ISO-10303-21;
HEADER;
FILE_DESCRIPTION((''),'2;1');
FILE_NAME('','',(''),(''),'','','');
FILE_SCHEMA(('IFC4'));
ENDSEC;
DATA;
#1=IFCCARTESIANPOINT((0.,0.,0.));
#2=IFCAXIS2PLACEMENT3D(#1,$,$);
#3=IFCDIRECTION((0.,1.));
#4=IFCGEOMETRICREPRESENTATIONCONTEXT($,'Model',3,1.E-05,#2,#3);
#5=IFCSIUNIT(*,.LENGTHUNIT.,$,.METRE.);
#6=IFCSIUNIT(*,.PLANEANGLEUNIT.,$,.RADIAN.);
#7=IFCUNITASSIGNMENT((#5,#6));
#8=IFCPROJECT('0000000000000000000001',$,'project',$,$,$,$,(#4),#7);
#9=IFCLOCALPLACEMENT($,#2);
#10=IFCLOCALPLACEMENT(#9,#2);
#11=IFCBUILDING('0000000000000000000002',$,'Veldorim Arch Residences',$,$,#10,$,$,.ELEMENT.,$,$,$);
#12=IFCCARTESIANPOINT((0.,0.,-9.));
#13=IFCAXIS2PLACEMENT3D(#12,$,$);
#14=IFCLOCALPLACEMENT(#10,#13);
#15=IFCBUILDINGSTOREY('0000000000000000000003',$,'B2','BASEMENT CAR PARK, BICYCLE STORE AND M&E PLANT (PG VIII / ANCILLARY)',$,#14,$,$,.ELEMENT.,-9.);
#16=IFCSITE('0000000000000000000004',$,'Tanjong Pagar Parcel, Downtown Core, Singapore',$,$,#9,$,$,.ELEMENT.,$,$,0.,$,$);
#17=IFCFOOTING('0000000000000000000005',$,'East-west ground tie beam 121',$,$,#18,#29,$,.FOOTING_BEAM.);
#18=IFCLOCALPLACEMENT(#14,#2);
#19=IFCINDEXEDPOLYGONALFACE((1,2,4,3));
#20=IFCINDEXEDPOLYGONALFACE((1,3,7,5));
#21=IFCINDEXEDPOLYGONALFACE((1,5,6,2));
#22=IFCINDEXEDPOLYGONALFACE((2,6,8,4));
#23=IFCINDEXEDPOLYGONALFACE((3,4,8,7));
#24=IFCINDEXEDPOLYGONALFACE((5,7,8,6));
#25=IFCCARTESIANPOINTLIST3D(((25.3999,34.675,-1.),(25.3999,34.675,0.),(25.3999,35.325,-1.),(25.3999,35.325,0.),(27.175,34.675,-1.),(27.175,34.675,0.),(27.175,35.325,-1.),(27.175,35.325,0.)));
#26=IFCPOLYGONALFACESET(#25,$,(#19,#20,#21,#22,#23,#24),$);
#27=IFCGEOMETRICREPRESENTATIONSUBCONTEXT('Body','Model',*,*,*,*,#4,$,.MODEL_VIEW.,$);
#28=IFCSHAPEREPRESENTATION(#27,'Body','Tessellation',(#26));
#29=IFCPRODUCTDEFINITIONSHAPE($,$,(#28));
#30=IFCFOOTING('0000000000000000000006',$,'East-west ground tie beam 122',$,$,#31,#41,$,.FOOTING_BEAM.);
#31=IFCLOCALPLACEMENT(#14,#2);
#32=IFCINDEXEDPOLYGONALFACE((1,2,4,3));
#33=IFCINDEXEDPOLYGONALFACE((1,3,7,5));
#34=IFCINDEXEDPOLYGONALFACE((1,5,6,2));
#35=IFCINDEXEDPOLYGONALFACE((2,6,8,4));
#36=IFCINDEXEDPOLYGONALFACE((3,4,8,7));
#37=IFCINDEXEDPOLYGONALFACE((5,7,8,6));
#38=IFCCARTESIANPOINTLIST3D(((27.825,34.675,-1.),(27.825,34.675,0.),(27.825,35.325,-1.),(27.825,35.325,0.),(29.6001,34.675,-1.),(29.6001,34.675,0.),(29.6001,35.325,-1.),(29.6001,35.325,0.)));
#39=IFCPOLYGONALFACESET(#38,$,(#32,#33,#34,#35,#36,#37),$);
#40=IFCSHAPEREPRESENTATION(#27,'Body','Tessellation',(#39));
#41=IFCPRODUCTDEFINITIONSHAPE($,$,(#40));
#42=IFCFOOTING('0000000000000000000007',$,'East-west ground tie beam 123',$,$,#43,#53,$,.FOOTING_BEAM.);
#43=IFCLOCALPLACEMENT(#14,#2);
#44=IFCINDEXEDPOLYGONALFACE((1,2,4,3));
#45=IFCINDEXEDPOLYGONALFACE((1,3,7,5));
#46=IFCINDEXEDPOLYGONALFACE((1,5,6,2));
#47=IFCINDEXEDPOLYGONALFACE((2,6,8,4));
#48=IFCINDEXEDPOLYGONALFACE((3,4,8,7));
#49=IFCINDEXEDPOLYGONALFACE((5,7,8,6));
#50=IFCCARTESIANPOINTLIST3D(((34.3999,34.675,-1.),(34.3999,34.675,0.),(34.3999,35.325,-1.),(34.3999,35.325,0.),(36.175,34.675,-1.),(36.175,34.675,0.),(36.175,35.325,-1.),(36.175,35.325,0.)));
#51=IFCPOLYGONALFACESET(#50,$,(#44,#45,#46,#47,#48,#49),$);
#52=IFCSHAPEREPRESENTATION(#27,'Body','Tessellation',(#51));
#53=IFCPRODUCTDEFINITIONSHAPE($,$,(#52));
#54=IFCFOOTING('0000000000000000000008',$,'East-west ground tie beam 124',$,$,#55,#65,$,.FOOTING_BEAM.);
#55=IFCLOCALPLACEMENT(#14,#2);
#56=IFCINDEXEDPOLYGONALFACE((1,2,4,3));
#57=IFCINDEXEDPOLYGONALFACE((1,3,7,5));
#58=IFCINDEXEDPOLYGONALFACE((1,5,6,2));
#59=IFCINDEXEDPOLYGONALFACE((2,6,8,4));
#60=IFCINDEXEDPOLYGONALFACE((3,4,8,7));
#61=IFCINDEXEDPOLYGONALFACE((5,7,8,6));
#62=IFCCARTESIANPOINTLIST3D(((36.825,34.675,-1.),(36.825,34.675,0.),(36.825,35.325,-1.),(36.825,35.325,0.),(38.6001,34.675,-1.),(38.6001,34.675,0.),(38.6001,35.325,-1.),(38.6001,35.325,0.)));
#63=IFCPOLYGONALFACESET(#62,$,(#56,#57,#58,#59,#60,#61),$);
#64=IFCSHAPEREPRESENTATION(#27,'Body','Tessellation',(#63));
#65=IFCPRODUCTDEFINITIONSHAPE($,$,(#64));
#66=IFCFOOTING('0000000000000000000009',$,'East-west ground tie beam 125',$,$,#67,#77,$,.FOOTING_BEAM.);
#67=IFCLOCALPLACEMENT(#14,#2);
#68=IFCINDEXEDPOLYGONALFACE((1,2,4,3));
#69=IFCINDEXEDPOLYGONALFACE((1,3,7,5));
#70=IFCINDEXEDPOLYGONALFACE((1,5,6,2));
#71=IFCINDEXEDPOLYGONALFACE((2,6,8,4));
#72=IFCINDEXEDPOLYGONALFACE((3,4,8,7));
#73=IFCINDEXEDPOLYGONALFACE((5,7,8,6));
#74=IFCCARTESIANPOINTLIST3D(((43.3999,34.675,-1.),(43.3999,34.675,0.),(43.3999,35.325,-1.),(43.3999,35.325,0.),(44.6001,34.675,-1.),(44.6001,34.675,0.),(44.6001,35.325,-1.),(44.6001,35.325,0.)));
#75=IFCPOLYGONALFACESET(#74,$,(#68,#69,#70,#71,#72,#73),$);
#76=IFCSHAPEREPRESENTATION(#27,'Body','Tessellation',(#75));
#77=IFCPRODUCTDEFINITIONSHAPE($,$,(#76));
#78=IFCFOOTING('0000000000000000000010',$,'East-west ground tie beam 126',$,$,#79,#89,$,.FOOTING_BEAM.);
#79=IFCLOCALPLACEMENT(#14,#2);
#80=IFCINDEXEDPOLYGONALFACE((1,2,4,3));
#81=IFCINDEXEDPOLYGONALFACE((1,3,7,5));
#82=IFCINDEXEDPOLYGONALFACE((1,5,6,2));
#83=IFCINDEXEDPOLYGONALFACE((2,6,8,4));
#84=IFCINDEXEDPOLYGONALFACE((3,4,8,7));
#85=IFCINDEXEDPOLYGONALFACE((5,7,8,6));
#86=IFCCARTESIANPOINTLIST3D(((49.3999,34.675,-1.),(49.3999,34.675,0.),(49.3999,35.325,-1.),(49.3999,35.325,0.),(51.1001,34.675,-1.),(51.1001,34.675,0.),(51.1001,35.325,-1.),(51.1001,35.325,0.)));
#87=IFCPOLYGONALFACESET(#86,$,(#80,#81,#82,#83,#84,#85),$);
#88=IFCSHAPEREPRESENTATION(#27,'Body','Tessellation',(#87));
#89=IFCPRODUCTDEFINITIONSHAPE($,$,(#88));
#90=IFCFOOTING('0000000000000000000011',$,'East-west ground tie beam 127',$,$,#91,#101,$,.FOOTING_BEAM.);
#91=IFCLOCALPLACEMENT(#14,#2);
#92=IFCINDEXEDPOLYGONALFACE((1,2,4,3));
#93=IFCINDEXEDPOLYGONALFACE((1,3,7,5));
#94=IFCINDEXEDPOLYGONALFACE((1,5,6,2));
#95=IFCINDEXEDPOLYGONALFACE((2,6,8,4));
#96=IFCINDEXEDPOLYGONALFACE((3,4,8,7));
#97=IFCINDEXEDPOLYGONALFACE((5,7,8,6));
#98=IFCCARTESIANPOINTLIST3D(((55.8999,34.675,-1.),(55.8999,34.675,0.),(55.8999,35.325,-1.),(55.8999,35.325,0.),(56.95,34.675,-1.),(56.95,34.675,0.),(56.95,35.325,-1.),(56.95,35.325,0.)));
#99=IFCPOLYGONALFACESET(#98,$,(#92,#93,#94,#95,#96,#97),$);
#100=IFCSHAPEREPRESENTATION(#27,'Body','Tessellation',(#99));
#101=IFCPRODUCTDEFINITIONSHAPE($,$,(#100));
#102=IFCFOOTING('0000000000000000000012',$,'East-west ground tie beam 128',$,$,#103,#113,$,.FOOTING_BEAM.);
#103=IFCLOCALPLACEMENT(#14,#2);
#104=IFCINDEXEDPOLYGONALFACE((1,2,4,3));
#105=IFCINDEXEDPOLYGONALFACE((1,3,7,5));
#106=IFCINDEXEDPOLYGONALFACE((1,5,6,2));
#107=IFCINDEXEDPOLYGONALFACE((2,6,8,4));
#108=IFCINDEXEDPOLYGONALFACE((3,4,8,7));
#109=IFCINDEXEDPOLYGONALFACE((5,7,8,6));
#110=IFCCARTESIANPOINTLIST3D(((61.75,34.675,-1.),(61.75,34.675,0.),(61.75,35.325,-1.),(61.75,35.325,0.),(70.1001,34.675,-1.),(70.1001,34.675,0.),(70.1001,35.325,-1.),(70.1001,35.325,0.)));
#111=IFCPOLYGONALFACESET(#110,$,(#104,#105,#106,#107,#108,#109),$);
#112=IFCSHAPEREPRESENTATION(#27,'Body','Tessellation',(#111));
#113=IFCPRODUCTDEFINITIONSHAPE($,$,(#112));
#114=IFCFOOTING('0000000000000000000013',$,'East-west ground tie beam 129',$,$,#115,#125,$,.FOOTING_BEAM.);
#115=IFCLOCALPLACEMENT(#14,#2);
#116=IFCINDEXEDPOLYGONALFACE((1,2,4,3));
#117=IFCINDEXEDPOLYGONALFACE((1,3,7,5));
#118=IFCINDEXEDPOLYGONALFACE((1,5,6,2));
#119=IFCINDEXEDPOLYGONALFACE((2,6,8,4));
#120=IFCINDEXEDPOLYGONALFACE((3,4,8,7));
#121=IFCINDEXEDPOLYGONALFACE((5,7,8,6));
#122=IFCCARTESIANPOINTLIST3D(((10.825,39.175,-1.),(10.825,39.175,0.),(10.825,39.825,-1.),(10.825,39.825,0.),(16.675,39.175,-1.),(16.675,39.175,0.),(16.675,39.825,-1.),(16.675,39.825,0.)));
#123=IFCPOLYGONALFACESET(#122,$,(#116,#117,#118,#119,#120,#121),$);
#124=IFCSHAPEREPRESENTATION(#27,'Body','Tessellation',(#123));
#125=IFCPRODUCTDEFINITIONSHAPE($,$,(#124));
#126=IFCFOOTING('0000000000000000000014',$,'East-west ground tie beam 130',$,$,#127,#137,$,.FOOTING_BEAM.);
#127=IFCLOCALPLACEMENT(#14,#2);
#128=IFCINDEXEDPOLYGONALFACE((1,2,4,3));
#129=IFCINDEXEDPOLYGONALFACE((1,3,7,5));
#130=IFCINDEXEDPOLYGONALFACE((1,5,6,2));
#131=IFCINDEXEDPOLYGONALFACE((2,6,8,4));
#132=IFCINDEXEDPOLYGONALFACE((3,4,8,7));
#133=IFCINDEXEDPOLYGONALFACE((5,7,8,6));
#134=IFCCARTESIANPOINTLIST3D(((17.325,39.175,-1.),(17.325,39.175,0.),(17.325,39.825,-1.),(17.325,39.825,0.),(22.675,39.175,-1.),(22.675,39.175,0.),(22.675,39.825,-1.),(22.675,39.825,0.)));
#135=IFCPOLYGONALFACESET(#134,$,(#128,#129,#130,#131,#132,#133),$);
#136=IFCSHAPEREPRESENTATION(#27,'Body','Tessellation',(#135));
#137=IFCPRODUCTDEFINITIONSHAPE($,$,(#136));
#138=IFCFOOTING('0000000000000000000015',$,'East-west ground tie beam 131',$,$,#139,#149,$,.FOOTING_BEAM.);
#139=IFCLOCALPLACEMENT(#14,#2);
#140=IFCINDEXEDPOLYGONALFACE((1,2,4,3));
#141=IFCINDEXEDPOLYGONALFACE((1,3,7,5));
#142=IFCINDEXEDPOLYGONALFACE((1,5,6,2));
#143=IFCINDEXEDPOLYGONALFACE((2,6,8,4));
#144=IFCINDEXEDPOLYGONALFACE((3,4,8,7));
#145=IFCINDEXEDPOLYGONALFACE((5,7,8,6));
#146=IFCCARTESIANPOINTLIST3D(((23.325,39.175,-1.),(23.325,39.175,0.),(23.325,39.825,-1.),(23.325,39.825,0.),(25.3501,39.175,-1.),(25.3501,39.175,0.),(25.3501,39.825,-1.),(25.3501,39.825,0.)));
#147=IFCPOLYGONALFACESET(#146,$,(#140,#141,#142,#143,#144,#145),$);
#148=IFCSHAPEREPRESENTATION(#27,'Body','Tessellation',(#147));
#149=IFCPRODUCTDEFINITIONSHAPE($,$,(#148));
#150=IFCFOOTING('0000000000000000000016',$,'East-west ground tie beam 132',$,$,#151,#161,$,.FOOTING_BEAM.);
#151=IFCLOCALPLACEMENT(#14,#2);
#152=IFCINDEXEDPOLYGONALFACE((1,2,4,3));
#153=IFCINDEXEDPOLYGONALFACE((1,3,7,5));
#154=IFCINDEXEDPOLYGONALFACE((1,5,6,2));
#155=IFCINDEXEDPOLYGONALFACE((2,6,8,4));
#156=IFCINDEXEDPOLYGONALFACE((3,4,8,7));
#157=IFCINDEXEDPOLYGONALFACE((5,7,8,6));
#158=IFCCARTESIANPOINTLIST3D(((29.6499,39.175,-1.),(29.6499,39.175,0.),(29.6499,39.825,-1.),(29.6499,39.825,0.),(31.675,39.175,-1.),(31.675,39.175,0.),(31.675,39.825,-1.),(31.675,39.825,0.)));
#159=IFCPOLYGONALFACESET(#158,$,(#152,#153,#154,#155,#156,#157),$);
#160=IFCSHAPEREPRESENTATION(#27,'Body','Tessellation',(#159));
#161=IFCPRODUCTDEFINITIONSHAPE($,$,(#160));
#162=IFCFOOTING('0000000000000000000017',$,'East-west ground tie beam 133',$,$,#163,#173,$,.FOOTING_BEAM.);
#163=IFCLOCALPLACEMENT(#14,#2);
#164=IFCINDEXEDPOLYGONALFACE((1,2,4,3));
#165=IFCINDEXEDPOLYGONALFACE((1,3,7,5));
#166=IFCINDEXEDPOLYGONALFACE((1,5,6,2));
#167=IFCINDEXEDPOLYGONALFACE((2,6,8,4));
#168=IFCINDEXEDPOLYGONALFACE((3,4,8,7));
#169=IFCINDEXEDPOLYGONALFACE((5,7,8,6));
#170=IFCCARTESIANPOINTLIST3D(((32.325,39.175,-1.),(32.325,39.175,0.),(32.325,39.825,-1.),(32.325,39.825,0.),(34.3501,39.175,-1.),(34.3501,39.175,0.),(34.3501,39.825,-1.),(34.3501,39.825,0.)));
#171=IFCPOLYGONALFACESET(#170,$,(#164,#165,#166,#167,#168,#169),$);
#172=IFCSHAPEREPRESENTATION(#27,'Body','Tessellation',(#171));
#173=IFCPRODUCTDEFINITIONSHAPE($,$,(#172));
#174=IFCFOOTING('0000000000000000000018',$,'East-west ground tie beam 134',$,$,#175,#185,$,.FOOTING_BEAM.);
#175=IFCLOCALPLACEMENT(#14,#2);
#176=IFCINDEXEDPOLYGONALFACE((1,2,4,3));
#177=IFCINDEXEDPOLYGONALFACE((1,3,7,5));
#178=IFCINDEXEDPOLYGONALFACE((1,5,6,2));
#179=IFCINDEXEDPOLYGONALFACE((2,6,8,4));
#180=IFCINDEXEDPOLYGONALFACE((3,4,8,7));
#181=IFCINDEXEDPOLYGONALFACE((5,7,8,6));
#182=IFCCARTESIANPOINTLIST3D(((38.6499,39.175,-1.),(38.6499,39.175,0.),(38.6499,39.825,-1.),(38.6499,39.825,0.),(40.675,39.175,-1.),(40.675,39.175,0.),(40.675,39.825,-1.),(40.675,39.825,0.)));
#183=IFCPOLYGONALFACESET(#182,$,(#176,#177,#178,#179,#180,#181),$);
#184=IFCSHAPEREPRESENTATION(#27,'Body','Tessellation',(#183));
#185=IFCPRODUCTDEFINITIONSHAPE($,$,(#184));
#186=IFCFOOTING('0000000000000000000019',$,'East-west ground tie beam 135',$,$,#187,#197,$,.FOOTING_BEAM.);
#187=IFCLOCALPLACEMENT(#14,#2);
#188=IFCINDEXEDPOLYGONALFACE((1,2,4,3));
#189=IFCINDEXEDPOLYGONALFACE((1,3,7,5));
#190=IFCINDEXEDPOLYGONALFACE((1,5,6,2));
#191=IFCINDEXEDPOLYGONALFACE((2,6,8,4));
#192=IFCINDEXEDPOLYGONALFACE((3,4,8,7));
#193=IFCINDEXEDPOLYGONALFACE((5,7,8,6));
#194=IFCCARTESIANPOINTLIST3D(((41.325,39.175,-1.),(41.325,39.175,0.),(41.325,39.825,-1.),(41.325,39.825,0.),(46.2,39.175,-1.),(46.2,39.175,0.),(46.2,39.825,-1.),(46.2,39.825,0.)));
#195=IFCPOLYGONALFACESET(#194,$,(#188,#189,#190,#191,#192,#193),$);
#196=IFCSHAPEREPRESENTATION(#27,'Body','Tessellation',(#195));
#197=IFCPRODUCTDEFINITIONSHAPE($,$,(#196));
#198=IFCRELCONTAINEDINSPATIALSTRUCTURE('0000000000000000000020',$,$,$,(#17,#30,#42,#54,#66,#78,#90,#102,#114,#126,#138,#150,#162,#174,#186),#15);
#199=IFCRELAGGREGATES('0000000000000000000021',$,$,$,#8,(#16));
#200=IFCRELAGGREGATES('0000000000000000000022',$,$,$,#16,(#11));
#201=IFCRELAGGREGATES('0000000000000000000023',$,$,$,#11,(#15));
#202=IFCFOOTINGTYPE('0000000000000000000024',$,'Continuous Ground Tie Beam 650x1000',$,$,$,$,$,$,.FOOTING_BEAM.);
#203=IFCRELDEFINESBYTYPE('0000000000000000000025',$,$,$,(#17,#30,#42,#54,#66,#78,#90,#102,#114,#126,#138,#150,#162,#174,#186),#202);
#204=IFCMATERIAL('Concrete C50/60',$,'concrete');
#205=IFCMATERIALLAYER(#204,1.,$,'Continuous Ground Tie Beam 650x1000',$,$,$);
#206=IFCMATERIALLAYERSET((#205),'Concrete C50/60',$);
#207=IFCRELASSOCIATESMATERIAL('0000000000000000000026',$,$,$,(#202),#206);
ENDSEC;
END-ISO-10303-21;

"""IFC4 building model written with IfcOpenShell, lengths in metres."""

from ifc_helpers import new_model, si_unit, direction, frame, origin, place, context, subcontext, project, spatial, polyline, outline, extrude, material, layer, layer_set, type_object, element, save


model = new_model("IFC4")

# Units and contexts
model_context = context("Model", 3, precision=1e-05, world=origin(), true_north=direction((0.0, 1.0)))
body_context = subcontext(model_context, "Body", "Model", "MODEL_VIEW")
ifc_project = project(units=[si_unit("LENGTHUNIT", "METRE"), si_unit("PLANEANGLEUNIT", "RADIAN")], contexts=[model_context])

# Site, building, storey
site_placement = place(None, origin())
site = spatial("IfcSite", under=ifc_project, at=site_placement, Name="Tanjong Pagar Parcel, Downtown Core, Singapore", CompositionType="ELEMENT", RefElevation=0.0)
building_placement = place(site_placement, origin())
building = spatial("IfcBuilding", under=site, at=building_placement, Name="Veldorim Arch Residences", CompositionType="ELEMENT")
storey_placement = place(building_placement, frame((0.0, 0.0, -9.0)))
storey = spatial("IfcBuildingStorey", under=building, at=storey_placement, Name="B2", Description="BASEMENT CAR PARK, BICYCLE STORE AND M&E PLANT (PG VIII / ANCILLARY)", CompositionType="ELEMENT", Elevation=-9.0)

# Footings
ifc_material_1 = material(Name="Concrete C50/60", Category="concrete")
ifc_layer_1 = layer(ifc_material_1, 1.0, Name="Continuous Ground Tie Beam 650x1000")
ifc_layer_set_1 = layer_set([ifc_layer_1], Name="Concrete C50/60")
footing_type = type_object("IfcFootingType", Name="Continuous Ground Tie Beam 650x1000", PredefinedType="FOOTING_BEAM", material=ifc_layer_set_1)
footing_1_placement = place(storey_placement, frame((0.0, 0.0, -1.0)))
element("IfcFooting", 1, at=footing_1_placement, inside=storey, type_object=footing_type, Name="East-west ground tie beam 121", PredefinedType="FOOTING_BEAM", context=body_context, shape_type="SweptSolid", body=[
    extrude(outline(polyline([(25.3999, 34.675), (27.175, 34.675), (27.175, 35.325), (25.3999, 35.325), (25.3999, 34.675)])), origin(), (0.0, 0.0, 1.0), 1.0),
])
footing_2_placement = place(storey_placement, frame((0.0, 0.0, -1.0)))
element("IfcFooting", 2, at=footing_2_placement, inside=storey, type_object=footing_type, Name="East-west ground tie beam 122", PredefinedType="FOOTING_BEAM", context=body_context, shape_type="SweptSolid", body=[
    extrude(outline(polyline([(27.825, 34.675), (29.6001, 34.675), (29.6001, 35.325), (27.825, 35.325), (27.825, 34.675)])), origin(), (0.0, 0.0, 1.0), 1.0),
])
footing_3_placement = place(storey_placement, frame((0.0, 0.0, -1.0)))
element("IfcFooting", 3, at=footing_3_placement, inside=storey, type_object=footing_type, Name="East-west ground tie beam 123", PredefinedType="FOOTING_BEAM", context=body_context, shape_type="SweptSolid", body=[
    extrude(outline(polyline([(34.3999, 34.675), (36.175, 34.675), (36.175, 35.325), (34.3999, 35.325), (34.3999, 34.675)])), origin(), (0.0, 0.0, 1.0), 1.0),
])
footing_4_placement = place(storey_placement, frame((0.0, 0.0, -1.0)))
element("IfcFooting", 4, at=footing_4_placement, inside=storey, type_object=footing_type, Name="East-west ground tie beam 124", PredefinedType="FOOTING_BEAM", context=body_context, shape_type="SweptSolid", body=[
    extrude(outline(polyline([(36.825, 34.675), (38.6001, 34.675), (38.6001, 35.325), (36.825, 35.325), (36.825, 34.675)])), origin(), (0.0, 0.0, 1.0), 1.0),
])
footing_5_placement = place(storey_placement, frame((0.0, 0.0, -1.0)))
element("IfcFooting", 5, at=footing_5_placement, inside=storey, type_object=footing_type, Name="East-west ground tie beam 125", PredefinedType="FOOTING_BEAM", context=body_context, shape_type="SweptSolid", body=[
    extrude(outline(polyline([(43.3999, 34.675), (44.6001, 34.675), (44.6001, 35.325), (43.3999, 35.325), (43.3999, 34.675)])), origin(), (0.0, 0.0, 1.0), 1.0),
])
footing_6_placement = place(storey_placement, frame((0.0, 0.0, -1.0)))
element("IfcFooting", 6, at=footing_6_placement, inside=storey, type_object=footing_type, Name="East-west ground tie beam 126", PredefinedType="FOOTING_BEAM", context=body_context, shape_type="SweptSolid", body=[
    extrude(outline(polyline([(49.3999, 34.675), (51.1001, 34.675), (51.1001, 35.325), (49.3999, 35.325), (49.3999, 34.675)])), origin(), (0.0, 0.0, 1.0), 1.0),
])
footing_7_placement = place(storey_placement, frame((0.0, 0.0, -1.0)))
element("IfcFooting", 7, at=footing_7_placement, inside=storey, type_object=footing_type, Name="East-west ground tie beam 127", PredefinedType="FOOTING_BEAM", context=body_context, shape_type="SweptSolid", body=[
    extrude(outline(polyline([(55.8999, 34.675), (56.95, 34.675), (56.95, 35.325), (55.8999, 35.325), (55.8999, 34.675)])), origin(), (0.0, 0.0, 1.0), 1.0),
])
footing_8_placement = place(storey_placement, frame((0.0, 0.0, -1.0)))
element("IfcFooting", 8, at=footing_8_placement, inside=storey, type_object=footing_type, Name="East-west ground tie beam 128", PredefinedType="FOOTING_BEAM", context=body_context, shape_type="SweptSolid", body=[
    extrude(outline(polyline([(61.75, 34.675), (70.1001, 34.675), (70.1001, 35.325), (61.75, 35.325), (61.75, 34.675)])), origin(), (0.0, 0.0, 1.0), 1.0),
])
footing_9_placement = place(storey_placement, frame((0.0, 0.0, -1.0)))
element("IfcFooting", 9, at=footing_9_placement, inside=storey, type_object=footing_type, Name="East-west ground tie beam 129", PredefinedType="FOOTING_BEAM", context=body_context, shape_type="SweptSolid", body=[
    extrude(outline(polyline([(10.825, 39.175), (16.675, 39.175), (16.675, 39.825), (10.825, 39.825), (10.825, 39.175)])), origin(), (0.0, 0.0, 1.0), 1.0),
])
footing_10_placement = place(storey_placement, frame((0.0, 0.0, -1.0)))
element("IfcFooting", 10, at=footing_10_placement, inside=storey, type_object=footing_type, Name="East-west ground tie beam 130", PredefinedType="FOOTING_BEAM", context=body_context, shape_type="SweptSolid", body=[
    extrude(outline(polyline([(17.325, 39.175), (22.675, 39.175), (22.675, 39.825), (17.325, 39.825), (17.325, 39.175)])), origin(), (0.0, 0.0, 1.0), 1.0),
])
footing_11_placement = place(storey_placement, frame((0.0, 0.0, -1.0)))
element("IfcFooting", 11, at=footing_11_placement, inside=storey, type_object=footing_type, Name="East-west ground tie beam 131", PredefinedType="FOOTING_BEAM", context=body_context, shape_type="SweptSolid", body=[
    extrude(outline(polyline([(23.325, 39.175), (25.3501, 39.175), (25.3501, 39.825), (23.325, 39.825), (23.325, 39.175)])), origin(), (0.0, 0.0, 1.0), 1.0),
])
footing_12_placement = place(storey_placement, frame((0.0, 0.0, -1.0)))
element("IfcFooting", 12, at=footing_12_placement, inside=storey, type_object=footing_type, Name="East-west ground tie beam 132", PredefinedType="FOOTING_BEAM", context=body_context, shape_type="SweptSolid", body=[
    extrude(outline(polyline([(29.6499, 39.175), (31.675, 39.175), (31.675, 39.825), (29.6499, 39.825), (29.6499, 39.175)])), origin(), (0.0, 0.0, 1.0), 1.0),
])
footing_13_placement = place(storey_placement, frame((0.0, 0.0, -1.0)))
element("IfcFooting", 13, at=footing_13_placement, inside=storey, type_object=footing_type, Name="East-west ground tie beam 133", PredefinedType="FOOTING_BEAM", context=body_context, shape_type="SweptSolid", body=[
    extrude(outline(polyline([(32.325, 39.175), (34.3501, 39.175), (34.3501, 39.825), (32.325, 39.825), (32.325, 39.175)])), origin(), (0.0, 0.0, 1.0), 1.0),
])
footing_14_placement = place(storey_placement, frame((0.0, 0.0, -1.0)))
element("IfcFooting", 14, at=footing_14_placement, inside=storey, type_object=footing_type, Name="East-west ground tie beam 134", PredefinedType="FOOTING_BEAM", context=body_context, shape_type="SweptSolid", body=[
    extrude(outline(polyline([(38.6499, 39.175), (40.675, 39.175), (40.675, 39.825), (38.6499, 39.825), (38.6499, 39.175)])), origin(), (0.0, 0.0, 1.0), 1.0),
])
footing_15_placement = place(storey_placement, frame((0.0, 0.0, -1.0)))
element("IfcFooting", 15, at=footing_15_placement, inside=storey, type_object=footing_type, Name="East-west ground tie beam 135", PredefinedType="FOOTING_BEAM", context=body_context, shape_type="SweptSolid", body=[
    extrude(outline(polyline([(41.325, 39.175), (46.2, 39.175), (46.2, 39.825), (41.325, 39.825), (41.325, 39.175)])), origin(), (0.0, 0.0, 1.0), 1.0),
])

save(model, "model.ifc")
